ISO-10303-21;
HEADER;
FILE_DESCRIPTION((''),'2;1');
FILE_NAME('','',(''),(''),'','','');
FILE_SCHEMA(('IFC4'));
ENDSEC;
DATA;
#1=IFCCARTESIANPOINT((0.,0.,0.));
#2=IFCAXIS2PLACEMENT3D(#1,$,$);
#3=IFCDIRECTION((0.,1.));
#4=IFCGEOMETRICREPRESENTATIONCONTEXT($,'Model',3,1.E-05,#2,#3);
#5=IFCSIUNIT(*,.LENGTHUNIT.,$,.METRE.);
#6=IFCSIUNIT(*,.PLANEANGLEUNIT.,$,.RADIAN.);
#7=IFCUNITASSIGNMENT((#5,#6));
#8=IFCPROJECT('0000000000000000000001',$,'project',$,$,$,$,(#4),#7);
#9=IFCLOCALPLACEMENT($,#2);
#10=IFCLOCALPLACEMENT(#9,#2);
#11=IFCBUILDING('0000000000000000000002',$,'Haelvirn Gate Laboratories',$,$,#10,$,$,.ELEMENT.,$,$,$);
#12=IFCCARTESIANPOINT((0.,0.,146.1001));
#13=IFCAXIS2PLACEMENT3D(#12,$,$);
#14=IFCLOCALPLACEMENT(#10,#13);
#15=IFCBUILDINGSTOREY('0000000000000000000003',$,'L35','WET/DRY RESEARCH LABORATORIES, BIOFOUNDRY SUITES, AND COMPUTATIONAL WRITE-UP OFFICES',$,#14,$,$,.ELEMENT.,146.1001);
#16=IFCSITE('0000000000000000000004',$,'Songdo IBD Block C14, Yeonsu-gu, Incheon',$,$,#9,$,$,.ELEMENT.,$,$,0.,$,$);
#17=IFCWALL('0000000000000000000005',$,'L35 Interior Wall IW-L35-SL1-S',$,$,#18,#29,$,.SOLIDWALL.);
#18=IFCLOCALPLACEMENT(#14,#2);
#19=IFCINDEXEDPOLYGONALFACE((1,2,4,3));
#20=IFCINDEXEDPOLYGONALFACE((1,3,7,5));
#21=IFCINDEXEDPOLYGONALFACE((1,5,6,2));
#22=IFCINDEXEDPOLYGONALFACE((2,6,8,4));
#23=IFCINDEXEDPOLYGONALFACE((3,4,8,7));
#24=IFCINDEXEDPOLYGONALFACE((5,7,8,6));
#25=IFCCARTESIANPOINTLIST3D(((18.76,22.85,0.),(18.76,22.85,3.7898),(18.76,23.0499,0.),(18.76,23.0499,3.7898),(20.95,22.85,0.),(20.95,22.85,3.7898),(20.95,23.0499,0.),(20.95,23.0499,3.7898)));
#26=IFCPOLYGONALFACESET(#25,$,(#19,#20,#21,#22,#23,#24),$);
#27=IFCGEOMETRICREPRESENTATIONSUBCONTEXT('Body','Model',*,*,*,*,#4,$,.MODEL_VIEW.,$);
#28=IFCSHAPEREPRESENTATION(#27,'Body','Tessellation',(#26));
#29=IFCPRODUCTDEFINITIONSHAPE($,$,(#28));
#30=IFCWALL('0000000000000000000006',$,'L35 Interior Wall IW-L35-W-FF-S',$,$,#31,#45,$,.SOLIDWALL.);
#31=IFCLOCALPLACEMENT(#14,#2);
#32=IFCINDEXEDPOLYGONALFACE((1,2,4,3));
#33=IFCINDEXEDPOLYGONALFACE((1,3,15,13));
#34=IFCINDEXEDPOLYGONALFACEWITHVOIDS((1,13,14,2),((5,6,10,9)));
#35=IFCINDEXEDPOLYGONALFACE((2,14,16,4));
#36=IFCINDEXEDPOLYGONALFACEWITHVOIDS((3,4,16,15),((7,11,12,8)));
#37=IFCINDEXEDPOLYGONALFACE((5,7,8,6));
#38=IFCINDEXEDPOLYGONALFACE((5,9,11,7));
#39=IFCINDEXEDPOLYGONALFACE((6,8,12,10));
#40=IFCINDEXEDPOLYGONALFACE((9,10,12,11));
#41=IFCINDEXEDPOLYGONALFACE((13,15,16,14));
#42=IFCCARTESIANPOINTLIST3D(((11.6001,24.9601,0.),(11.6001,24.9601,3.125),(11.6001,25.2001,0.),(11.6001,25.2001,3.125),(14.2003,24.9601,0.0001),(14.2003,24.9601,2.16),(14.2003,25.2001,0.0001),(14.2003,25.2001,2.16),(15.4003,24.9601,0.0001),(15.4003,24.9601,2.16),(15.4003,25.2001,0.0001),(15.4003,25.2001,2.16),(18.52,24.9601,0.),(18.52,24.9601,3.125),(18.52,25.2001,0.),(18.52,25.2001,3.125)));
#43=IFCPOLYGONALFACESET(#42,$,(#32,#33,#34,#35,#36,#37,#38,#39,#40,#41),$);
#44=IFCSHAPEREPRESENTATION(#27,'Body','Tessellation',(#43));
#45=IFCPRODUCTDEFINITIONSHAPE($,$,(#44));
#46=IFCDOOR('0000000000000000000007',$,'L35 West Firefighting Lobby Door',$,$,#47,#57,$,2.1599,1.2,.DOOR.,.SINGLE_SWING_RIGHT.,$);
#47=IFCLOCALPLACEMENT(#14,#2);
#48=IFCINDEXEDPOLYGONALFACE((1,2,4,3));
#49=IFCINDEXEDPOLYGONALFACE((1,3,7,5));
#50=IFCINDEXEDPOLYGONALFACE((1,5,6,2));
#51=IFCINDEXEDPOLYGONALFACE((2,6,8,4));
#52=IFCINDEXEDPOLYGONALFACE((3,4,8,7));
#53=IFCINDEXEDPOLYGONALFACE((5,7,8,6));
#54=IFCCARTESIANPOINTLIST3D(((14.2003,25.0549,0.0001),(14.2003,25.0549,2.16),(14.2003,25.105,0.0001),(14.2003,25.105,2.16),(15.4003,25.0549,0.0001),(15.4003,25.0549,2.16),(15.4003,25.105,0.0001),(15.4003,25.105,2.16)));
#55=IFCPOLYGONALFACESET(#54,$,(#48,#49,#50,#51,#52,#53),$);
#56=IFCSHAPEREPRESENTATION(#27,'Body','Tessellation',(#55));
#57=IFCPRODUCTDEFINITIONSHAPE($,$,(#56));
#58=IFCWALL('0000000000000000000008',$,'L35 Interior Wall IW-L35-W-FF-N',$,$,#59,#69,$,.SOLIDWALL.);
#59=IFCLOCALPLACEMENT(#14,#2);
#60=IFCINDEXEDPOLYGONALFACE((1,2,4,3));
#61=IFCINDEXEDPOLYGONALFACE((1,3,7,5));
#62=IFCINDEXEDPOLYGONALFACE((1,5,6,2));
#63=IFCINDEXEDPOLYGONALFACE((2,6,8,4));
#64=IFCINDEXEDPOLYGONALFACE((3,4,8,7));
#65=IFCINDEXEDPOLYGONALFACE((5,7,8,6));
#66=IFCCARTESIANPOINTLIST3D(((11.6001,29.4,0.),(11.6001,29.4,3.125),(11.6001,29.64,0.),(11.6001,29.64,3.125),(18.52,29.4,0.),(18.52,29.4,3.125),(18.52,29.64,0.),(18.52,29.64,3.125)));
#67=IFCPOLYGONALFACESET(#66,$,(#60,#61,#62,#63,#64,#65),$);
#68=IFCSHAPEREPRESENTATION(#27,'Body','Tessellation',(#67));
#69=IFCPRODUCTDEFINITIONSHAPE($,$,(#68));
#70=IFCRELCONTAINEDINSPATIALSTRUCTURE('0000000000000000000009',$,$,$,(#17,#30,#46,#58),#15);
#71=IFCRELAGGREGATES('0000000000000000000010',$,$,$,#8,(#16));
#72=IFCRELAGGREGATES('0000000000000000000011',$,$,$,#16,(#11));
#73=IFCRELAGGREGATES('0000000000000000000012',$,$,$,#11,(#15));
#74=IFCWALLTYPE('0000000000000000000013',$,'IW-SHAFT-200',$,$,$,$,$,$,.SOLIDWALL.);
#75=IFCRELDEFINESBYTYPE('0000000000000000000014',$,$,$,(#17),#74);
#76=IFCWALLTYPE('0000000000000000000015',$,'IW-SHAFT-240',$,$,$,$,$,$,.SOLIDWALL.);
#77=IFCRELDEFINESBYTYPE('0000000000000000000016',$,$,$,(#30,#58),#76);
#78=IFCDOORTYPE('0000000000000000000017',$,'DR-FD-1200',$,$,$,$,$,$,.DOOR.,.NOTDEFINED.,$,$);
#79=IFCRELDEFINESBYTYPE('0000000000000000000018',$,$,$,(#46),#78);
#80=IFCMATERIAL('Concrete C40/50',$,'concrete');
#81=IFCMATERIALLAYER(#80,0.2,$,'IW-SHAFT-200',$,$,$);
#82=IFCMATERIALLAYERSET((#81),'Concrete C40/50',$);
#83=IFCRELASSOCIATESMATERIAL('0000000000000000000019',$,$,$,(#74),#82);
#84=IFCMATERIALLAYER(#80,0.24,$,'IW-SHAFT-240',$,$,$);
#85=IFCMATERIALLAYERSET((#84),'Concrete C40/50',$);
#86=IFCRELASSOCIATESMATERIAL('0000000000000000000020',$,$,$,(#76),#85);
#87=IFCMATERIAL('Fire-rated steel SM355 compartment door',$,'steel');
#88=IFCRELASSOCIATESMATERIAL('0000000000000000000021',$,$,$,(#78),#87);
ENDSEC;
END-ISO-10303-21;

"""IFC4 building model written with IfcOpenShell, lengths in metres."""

from ifc_helpers import new_model, si_unit, direction, frame, frame_2d, origin, place, context, subcontext, project, spatial, rectangle, extrude, source, transform, mapped, material, layer, layer_set, type_object, type_shapes, element, fill, save


model = new_model("IFC4")

# Units and contexts
model_context = context("Model", 3, precision=1e-05, world=origin(), true_north=direction((0.0, 1.0)))
body_context = subcontext(model_context, "Body", "Model", "MODEL_VIEW")
ifc_project = project(units=[si_unit("LENGTHUNIT", "METRE"), si_unit("PLANEANGLEUNIT", "RADIAN")], contexts=[model_context])

# Site, building, storey
site_placement = place(None, origin())
site = spatial("IfcSite", under=ifc_project, at=site_placement, Name="Songdo IBD Block C14, Yeonsu-gu, Incheon", CompositionType="ELEMENT", RefElevation=0.0)
building_placement = place(site_placement, origin())
building = spatial("IfcBuilding", under=site, at=building_placement, Name="Haelvirn Gate Laboratories", CompositionType="ELEMENT")
storey_placement = place(building_placement, frame((0.0, 0.0, 146.1001)))
storey = spatial("IfcBuildingStorey", under=building, at=storey_placement, Name="L35", Description="WET/DRY RESEARCH LABORATORIES, BIOFOUNDRY SUITES, AND COMPUTATIONAL WRITE-UP OFFICES", CompositionType="ELEMENT", Elevation=146.1001)

# Wall
ifc_material_1 = material(Name="Concrete C40/50", Category="concrete")
ifc_layer_1 = layer(ifc_material_1, 0.2, Name="IW-SHAFT-200")
ifc_layer_set_1 = layer_set([ifc_layer_1], Name="Concrete C40/50")
wall_type_1 = type_object("IfcWallType", Name="IW-SHAFT-200", PredefinedType="SOLIDWALL", material=ifc_layer_set_1)
for number, where, z_axis, x_axis, name in (
    (1, (18.76, 22.95, 0.0), (0.0, 0.0, 1.0), (1.0, 0.0, 0.0), "L35 Interior Wall IW-L35-SL1-S"),
):
    element("IfcWall", number, at=place(storey_placement, frame(where, z_axis=z_axis, x_axis=x_axis)), inside=storey, type_object=wall_type_1, Name=name, PredefinedType="SOLIDWALL", context=body_context, shape_type="SweptSolid", body=[
        extrude(rectangle(XDim=2.1899, YDim=0.2, at=frame_2d((1.095, 0.0))), origin(), (0.0, 0.0, 1.0), 3.7898),
    ])

# Wall, opening, door
ifc_layer_2 = layer(ifc_material_1, 0.24, Name="IW-SHAFT-240")
ifc_layer_set_2 = layer_set([ifc_layer_2], Name="Concrete C40/50")
wall_type_2 = type_object("IfcWallType", Name="IW-SHAFT-240", PredefinedType="SOLIDWALL", material=ifc_layer_set_2)
wall_1_placement = place(storey_placement, frame((11.6001, 25.0801, 0.0), z_axis=(0.0, 0.0, 1.0), x_axis=(1.0, 0.0, 0.0)))
wall_1 = element("IfcWall", 2, at=wall_1_placement, inside=storey, type_object=wall_type_2, Name="L35 Interior Wall IW-L35-W-FF-S", PredefinedType="SOLIDWALL", context=body_context, shape_type="SweptSolid", body=[
    extrude(rectangle(XDim=6.9199, YDim=0.24, at=frame_2d((3.46, 0.0))), origin(), (0.0, 0.0, 1.0), 3.125),
])
opening_1_placement = place(wall_1_placement, frame((2.6001, 0.0, 0.0)))
opening_1 = element("IfcOpeningElement", 3, at=opening_1_placement, cuts=wall_1, PredefinedType="OPENING", context=body_context, shape_type="SweptSolid", body=[
    extrude(rectangle(XDim=1.2, YDim=2.1599, at=frame_2d((0.6001, 1.0801))), frame((0.0, 0.1299, 0.0), z_axis=(0.0, -1.0, 0.0), x_axis=(1.0, 0.0, 0.0)), (0.0, 0.0, 1.0), 0.26),
])
ifc_material_2 = material(Name="Fire-rated steel SM355 compartment door", Category="steel")
door_type_1 = type_object("IfcDoorType", Name="DR-FD-1200", OperationType="NOTDEFINED", PredefinedType="DOOR", material=ifc_material_2)
shared_shape_1 = source(origin(), body_context, "Body", "SweptSolid", [
    extrude(rectangle(XDim=1.2, YDim=2.1599, at=frame_2d((0.6001, 1.0801))), frame((0.0, 0.0249, 0.0), z_axis=(0.0, -1.0, 0.0), x_axis=(1.0, 0.0, 0.0)), (0.0, 0.0, 1.0), 0.05),
])
type_shapes(door_type_1, [shared_shape_1])
door_1_placement = place(opening_1_placement, origin())
door_1 = element("IfcDoor", 4, at=door_1_placement, inside=storey, type_object=door_type_1, Name="L35 West Firefighting Lobby Door", OperationType="SINGLE_SWING_RIGHT", OverallHeight=2.1599, OverallWidth=1.2, PredefinedType="DOOR", context=body_context, shape_type="MappedRepresentation", body=[
    mapped(shared_shape_1, transform((0.0, 0.0, 0.0), scale=1.0)),
])
fill(opening_1, door_1)

# Wall
wall_2_placement = place(storey_placement, frame((11.6001, 29.52, 0.0), z_axis=(0.0, 0.0, 1.0), x_axis=(1.0, 0.0, 0.0)))
element("IfcWall", 5, at=wall_2_placement, inside=storey, type_object=wall_type_2, Name="L35 Interior Wall IW-L35-W-FF-N", PredefinedType="SOLIDWALL", context=body_context, shape_type="SweptSolid", body=[
    extrude(rectangle(XDim=6.9199, YDim=0.24, at=frame_2d((3.46, 0.0))), origin(), (0.0, 0.0, 1.0), 3.125),
])

save(model, "model.ifc")
